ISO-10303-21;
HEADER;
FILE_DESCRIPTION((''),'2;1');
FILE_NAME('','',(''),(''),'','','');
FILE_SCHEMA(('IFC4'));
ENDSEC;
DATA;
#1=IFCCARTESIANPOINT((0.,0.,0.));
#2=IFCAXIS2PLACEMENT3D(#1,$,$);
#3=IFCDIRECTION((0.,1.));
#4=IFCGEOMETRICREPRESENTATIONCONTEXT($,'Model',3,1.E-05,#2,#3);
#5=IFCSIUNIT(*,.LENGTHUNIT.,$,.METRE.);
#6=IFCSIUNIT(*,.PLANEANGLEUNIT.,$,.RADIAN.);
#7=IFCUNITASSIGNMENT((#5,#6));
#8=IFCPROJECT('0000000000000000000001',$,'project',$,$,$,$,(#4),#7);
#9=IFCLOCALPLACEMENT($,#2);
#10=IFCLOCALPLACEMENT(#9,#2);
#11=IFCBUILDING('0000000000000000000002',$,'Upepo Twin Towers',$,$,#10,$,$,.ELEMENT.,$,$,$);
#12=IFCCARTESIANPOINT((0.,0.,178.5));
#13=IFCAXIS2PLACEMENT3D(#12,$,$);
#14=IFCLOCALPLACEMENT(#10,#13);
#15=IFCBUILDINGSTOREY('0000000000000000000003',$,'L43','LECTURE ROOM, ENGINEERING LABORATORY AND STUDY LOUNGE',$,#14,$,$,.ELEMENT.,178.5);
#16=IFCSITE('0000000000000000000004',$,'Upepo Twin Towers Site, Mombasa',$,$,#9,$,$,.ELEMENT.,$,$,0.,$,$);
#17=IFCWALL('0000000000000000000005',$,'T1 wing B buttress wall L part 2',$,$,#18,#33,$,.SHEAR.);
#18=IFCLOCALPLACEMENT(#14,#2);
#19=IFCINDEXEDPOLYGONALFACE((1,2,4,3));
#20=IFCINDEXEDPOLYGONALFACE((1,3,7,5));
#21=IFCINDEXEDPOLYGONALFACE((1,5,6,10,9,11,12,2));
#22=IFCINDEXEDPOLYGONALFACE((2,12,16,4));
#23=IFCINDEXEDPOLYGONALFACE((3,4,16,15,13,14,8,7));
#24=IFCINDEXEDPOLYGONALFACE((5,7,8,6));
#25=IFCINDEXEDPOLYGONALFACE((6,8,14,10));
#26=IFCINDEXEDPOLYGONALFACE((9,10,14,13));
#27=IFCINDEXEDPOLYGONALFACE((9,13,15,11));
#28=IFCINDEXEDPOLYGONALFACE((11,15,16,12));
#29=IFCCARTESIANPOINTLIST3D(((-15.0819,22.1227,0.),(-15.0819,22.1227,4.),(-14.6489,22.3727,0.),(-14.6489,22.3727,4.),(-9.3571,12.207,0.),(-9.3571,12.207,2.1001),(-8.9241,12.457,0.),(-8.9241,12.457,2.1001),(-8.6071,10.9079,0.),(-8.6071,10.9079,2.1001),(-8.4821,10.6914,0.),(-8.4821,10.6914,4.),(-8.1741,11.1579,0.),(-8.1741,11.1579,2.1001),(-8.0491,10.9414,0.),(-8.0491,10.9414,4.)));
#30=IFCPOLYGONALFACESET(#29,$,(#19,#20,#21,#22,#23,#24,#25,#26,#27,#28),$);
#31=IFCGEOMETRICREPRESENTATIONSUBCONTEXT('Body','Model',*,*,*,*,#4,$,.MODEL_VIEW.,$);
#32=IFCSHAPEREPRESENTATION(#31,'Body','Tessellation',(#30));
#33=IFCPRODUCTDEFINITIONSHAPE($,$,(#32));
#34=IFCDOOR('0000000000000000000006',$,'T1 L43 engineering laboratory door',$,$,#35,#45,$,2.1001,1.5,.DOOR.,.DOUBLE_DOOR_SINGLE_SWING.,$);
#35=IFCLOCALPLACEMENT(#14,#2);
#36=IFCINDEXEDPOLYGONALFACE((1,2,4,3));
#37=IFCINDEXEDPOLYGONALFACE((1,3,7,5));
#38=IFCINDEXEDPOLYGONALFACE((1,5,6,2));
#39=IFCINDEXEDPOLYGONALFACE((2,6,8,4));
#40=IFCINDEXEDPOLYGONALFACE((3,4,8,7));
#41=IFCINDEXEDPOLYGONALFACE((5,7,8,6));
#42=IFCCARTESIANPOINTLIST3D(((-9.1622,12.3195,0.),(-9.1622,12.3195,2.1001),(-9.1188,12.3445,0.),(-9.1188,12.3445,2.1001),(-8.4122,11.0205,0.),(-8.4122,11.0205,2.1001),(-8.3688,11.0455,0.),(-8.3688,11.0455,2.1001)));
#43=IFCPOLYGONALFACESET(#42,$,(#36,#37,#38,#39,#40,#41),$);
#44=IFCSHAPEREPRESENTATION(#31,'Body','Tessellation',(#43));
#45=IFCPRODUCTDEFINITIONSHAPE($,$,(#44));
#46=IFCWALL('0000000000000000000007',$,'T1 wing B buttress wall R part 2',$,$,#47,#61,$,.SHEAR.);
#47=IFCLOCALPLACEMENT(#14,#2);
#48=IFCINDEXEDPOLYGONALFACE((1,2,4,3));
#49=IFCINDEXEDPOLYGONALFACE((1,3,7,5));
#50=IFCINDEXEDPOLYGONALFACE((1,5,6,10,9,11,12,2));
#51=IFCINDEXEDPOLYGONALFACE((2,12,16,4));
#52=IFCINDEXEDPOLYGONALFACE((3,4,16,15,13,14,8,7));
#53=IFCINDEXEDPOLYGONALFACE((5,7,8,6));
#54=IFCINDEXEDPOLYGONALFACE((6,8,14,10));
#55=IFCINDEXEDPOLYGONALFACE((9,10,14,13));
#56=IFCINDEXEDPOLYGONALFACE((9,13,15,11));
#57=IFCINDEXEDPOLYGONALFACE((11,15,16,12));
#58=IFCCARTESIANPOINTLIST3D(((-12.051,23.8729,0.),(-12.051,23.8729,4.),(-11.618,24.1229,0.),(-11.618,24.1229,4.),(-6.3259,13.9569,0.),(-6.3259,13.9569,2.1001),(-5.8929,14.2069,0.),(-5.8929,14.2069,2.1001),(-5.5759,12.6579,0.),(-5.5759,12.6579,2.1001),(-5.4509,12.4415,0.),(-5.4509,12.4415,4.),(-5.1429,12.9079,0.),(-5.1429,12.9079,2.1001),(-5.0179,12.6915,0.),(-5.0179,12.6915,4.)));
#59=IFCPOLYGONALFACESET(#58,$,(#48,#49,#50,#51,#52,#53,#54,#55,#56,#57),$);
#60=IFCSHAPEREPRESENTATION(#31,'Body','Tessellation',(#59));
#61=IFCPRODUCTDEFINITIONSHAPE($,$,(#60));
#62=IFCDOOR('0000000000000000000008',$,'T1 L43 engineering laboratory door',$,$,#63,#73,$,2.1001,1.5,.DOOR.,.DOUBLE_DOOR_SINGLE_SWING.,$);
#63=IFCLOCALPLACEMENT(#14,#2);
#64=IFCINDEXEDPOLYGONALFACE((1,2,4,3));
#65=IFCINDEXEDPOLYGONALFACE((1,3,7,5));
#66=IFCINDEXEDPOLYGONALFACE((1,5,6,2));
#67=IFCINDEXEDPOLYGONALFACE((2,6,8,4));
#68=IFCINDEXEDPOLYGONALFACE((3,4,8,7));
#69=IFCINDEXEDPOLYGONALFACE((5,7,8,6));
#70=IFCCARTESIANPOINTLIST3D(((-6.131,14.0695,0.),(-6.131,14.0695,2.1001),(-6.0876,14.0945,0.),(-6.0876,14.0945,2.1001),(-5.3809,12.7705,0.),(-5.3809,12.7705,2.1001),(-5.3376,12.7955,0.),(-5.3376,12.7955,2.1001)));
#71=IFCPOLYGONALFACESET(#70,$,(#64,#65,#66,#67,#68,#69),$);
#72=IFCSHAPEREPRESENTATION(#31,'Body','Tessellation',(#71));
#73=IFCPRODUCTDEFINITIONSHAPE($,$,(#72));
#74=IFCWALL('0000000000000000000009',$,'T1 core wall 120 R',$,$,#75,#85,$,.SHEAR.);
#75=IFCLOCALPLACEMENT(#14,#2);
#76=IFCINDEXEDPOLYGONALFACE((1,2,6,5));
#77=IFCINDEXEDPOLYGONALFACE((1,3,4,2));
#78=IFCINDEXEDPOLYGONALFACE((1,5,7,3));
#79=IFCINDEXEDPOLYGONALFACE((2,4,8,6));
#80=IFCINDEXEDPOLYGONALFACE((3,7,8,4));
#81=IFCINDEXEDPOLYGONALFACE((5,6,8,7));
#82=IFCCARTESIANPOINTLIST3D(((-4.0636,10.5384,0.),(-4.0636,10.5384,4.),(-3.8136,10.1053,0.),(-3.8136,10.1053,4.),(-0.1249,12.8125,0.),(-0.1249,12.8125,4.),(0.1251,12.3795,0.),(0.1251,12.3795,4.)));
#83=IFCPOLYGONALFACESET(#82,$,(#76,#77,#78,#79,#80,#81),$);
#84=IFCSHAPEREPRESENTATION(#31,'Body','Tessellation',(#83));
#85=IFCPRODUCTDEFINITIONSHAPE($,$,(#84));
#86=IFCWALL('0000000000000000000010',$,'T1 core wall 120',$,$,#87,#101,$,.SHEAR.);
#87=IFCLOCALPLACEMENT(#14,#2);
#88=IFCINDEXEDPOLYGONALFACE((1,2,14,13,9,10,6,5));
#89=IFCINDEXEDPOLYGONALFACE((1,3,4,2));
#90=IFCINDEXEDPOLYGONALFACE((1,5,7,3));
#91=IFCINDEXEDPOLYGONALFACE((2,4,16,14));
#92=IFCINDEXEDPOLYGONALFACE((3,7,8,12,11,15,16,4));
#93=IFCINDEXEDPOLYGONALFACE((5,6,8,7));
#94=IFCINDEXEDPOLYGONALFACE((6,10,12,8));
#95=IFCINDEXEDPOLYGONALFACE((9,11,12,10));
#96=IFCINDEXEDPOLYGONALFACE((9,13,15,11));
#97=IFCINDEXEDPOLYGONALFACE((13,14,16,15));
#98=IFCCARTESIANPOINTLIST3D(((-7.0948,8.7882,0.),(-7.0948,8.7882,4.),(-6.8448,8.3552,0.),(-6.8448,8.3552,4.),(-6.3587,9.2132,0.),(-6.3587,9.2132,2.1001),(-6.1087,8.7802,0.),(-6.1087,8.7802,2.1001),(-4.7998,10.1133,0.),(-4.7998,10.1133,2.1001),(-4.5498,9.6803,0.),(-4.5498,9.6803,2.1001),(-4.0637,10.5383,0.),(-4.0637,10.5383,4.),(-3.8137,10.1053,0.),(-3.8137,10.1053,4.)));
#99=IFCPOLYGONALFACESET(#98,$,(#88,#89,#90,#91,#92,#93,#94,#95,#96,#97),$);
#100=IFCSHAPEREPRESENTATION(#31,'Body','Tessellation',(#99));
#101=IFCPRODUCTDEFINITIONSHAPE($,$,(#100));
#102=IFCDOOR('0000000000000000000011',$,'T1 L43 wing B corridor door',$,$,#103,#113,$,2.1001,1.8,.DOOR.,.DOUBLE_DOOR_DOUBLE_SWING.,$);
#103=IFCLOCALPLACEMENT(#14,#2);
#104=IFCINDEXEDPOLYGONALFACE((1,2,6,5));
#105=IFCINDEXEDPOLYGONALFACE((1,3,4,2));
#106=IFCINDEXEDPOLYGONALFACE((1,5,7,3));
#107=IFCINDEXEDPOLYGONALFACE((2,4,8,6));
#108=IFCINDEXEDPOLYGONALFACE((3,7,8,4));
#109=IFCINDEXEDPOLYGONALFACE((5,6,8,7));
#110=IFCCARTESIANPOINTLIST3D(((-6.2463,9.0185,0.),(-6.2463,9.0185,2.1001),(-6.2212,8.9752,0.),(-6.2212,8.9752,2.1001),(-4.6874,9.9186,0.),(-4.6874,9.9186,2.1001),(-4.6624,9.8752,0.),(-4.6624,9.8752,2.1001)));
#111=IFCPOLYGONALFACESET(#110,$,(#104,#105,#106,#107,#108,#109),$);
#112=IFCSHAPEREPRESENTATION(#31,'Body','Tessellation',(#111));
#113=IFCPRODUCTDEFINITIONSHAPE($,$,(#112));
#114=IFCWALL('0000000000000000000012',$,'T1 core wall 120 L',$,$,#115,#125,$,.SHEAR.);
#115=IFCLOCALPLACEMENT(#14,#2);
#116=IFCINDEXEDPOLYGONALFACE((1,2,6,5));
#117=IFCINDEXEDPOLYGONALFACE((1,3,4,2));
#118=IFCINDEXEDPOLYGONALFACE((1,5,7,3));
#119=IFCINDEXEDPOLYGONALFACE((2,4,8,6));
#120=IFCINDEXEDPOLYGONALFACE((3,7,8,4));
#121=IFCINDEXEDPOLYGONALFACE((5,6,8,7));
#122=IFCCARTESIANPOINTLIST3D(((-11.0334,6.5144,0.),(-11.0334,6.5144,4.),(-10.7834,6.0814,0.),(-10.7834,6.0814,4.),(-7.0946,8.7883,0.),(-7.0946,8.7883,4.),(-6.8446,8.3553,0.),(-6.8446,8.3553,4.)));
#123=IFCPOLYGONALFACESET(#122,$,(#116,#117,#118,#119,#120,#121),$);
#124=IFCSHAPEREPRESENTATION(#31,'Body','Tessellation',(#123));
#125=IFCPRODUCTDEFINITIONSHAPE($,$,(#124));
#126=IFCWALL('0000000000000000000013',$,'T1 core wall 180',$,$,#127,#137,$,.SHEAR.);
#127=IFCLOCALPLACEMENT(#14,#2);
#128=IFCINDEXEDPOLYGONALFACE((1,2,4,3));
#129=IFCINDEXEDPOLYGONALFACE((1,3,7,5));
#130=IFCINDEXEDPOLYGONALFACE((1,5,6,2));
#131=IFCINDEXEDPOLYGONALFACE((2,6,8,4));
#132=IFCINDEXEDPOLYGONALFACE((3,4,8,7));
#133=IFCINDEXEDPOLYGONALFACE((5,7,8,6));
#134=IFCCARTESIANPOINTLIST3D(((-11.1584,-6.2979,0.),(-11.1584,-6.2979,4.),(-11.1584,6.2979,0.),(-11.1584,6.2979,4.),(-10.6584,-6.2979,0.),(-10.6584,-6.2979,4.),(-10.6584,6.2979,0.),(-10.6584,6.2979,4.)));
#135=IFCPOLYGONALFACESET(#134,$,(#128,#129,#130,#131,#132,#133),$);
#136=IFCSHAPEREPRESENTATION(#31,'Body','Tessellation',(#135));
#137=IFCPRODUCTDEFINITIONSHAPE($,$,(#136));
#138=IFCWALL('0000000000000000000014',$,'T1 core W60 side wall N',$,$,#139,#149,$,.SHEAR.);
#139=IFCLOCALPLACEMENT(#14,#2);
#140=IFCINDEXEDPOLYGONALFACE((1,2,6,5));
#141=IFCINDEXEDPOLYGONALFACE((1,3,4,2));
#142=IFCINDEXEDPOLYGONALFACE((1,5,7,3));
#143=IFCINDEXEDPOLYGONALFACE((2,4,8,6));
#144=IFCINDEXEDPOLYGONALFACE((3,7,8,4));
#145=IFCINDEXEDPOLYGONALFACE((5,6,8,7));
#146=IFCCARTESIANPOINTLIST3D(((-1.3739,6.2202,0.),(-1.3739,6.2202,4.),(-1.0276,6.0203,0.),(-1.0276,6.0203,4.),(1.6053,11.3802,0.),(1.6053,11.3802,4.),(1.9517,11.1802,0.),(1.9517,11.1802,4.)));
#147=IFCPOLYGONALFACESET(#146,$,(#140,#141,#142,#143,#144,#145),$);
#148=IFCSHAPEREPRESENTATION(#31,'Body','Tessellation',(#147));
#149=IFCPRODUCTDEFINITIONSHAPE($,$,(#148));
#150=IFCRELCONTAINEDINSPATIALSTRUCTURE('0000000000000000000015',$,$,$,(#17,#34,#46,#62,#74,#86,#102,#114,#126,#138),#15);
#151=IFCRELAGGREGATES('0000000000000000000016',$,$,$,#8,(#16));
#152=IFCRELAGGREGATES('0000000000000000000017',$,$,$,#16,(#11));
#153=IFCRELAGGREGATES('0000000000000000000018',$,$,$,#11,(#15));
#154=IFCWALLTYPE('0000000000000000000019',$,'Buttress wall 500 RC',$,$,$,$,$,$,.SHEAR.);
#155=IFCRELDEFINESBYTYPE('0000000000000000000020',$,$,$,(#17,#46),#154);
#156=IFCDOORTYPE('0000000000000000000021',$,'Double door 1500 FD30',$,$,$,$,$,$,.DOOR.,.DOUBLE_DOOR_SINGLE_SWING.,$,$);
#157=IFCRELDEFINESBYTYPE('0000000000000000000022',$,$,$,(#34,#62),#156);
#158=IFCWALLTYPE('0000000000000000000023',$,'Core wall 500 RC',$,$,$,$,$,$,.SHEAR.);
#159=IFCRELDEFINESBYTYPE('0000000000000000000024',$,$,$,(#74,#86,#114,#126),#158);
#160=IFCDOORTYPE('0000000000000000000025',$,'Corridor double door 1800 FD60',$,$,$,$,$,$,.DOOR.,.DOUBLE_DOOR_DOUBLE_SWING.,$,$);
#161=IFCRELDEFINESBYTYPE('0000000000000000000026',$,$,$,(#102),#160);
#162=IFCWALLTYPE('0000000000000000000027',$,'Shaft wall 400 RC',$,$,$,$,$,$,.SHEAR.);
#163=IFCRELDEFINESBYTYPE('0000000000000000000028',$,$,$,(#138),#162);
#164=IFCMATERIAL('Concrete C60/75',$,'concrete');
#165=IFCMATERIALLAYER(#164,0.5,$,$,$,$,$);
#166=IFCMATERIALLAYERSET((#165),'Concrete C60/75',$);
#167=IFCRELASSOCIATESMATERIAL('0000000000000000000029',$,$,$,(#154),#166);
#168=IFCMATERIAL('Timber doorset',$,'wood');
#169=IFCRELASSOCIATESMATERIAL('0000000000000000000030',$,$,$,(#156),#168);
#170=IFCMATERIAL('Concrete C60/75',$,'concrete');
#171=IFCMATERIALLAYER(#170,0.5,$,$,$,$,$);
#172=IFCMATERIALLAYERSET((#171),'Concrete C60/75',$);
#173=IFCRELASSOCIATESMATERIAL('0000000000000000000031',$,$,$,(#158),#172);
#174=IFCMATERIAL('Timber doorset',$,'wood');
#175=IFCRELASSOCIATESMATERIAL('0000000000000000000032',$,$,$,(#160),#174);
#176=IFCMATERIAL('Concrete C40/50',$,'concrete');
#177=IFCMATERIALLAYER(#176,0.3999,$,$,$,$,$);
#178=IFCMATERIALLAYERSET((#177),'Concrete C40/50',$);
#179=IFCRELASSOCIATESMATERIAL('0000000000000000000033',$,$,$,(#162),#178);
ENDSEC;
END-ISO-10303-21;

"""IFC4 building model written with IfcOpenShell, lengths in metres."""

from ifc_helpers import new_model, si_unit, direction, frame, frame_2d, origin, place, context, subcontext, project, spatial, rectangle, extrude, material, layer, layer_set, type_object, element, fill, save


model = new_model("IFC4")

# Units and contexts
model_context = context("Model", 3, precision=1e-05, world=origin(), true_north=direction((0.0, 1.0)))
body_context = subcontext(model_context, "Body", "Model", "MODEL_VIEW")
ifc_project = project(units=[si_unit("LENGTHUNIT", "METRE"), si_unit("PLANEANGLEUNIT", "RADIAN")], contexts=[model_context])

# Site, building, storey
site_placement = place(None, origin())
site = spatial("IfcSite", under=ifc_project, at=site_placement, Name="Upepo Twin Towers Site, Mombasa", CompositionType="ELEMENT", RefElevation=0.0)
building_placement = place(site_placement, origin())
building = spatial("IfcBuilding", under=site, at=building_placement, Name="Upepo Twin Towers", CompositionType="ELEMENT")
storey_placement = place(building_placement, frame((0.0, 0.0, 178.5)))
storey = spatial("IfcBuildingStorey", under=building, at=storey_placement, Name="L43", Description="LECTURE ROOM, ENGINEERING LABORATORY AND STUDY LOUNGE", CompositionType="ELEMENT", Elevation=178.5)

# Walls, openings, doors
ifc_material_1 = material(Name="Concrete C60/75", Category="concrete")
ifc_layer_1 = layer(ifc_material_1, 0.5)
ifc_layer_set_1 = layer_set([ifc_layer_1], Name="Concrete C60/75")
wall_type_1 = type_object("IfcWallType", Name="Buttress wall 500 RC", PredefinedType="SHEAR", material=ifc_layer_set_1)
wall_1_placement = place(storey_placement, frame((-8.2656, 10.8164, 0.0), z_axis=(0.0, 0.0, 1.0), x_axis=(-0.499996, 0.866028, 0.0)))
wall_1 = element("IfcWall", 1, at=wall_1_placement, inside=storey, type_object=wall_type_1, Name="T1 wing B buttress wall L part 2", PredefinedType="SHEAR", context=body_context, shape_type="SweptSolid", body=[
    extrude(rectangle(XDim=13.1997, YDim=0.5, at=frame_2d((6.5999, 0.0))), origin(), (0.0, 0.0, 1.0), 4.0),
])
opening_1_placement = place(wall_1_placement, frame((0.25, 0.0, 0.0)))
opening_1 = element("IfcOpeningElement", 2, at=opening_1_placement, cuts=wall_1, PredefinedType="OPENING", context=body_context, shape_type="SweptSolid", body=[
    extrude(rectangle(XDim=1.5, YDim=2.1001, at=frame_2d((0.75, 1.05))), frame((0.0, 0.26, 0.0), z_axis=(0.0, -1.0, 0.0), x_axis=(1.0, 0.0, 0.0)), (0.0, 0.0, 1.0), 0.52),
])
ifc_material_2 = material(Name="Timber doorset", Category="wood")
door_type_1 = type_object("IfcDoorType", Name="Double door 1500 FD30", OperationType="DOUBLE_DOOR_SINGLE_SWING", PredefinedType="DOOR", material=ifc_material_2)
door_1_placement = place(opening_1_placement, origin())
door_1 = element("IfcDoor", 3, at=door_1_placement, inside=storey, type_object=door_type_1, Name="T1 L43 engineering laboratory door", OperationType="DOUBLE_DOOR_SINGLE_SWING", OverallHeight=2.1001, OverallWidth=1.5, PredefinedType="DOOR", context=body_context, shape_type="SweptSolid", body=[
    extrude(rectangle(XDim=1.5, YDim=2.1001, at=frame_2d((0.75, 1.05))), frame((0.0, 0.0249, 0.0), z_axis=(0.0, -1.0, 0.0), x_axis=(1.0, 0.0, 0.0)), (0.0, 0.0, 1.0), 0.05),
])
fill(opening_1, door_1)
wall_2_placement = place(storey_placement, frame((-5.2344, 12.5664, 0.0), z_axis=(0.0, 0.0, 1.0), x_axis=(-0.50001, 0.86602, 0.0)))
wall_2 = element("IfcWall", 4, at=wall_2_placement, inside=storey, type_object=wall_type_1, Name="T1 wing B buttress wall R part 2", PredefinedType="SHEAR", context=body_context, shape_type="SweptSolid", body=[
    extrude(rectangle(XDim=13.2, YDim=0.5, at=frame_2d((6.6001, 0.0))), origin(), (0.0, 0.0, 1.0), 4.0),
])
opening_2_placement = place(wall_2_placement, frame((0.25, 0.0, 0.0)))
opening_2 = element("IfcOpeningElement", 5, at=opening_2_placement, cuts=wall_2, PredefinedType="OPENING", context=body_context, shape_type="SweptSolid", body=[
    extrude(rectangle(XDim=1.5, YDim=2.1001, at=frame_2d((0.75, 1.05))), frame((0.0, 0.26, 0.0), z_axis=(0.0, -1.0, 0.0), x_axis=(1.0, 0.0, 0.0)), (0.0, 0.0, 1.0), 0.52),
])
door_2_placement = place(opening_2_placement, origin())
door_2 = element("IfcDoor", 6, at=door_2_placement, inside=storey, type_object=door_type_1, Name="T1 L43 engineering laboratory door", OperationType="DOUBLE_DOOR_SINGLE_SWING", OverallHeight=2.1001, OverallWidth=1.5, PredefinedType="DOOR", context=body_context, shape_type="SweptSolid", body=[
    extrude(rectangle(XDim=1.5, YDim=2.1001, at=frame_2d((0.75, 1.05))), frame((0.0, 0.0249, 0.0), z_axis=(0.0, -1.0, 0.0), x_axis=(1.0, 0.0, 0.0)), (0.0, 0.0, 1.0), 0.05),
])
fill(opening_2, door_2)

# Wall
ifc_material_3 = material(Name="Concrete C60/75", Category="concrete")
ifc_layer_2 = layer(ifc_material_3, 0.5)
ifc_layer_set_2 = layer_set([ifc_layer_2], Name="Concrete C60/75")
wall_type_2 = type_object("IfcWallType", Name="Core wall 500 RC", PredefinedType="SHEAR", material=ifc_layer_set_2)
wall_3_placement = place(storey_placement, frame((0.0, 12.5959, 0.0), z_axis=(0.0, 0.0, 1.0), x_axis=(-0.866011, -0.500024, 0.0)))
element("IfcWall", 7, at=wall_3_placement, inside=storey, type_object=wall_type_2, Name="T1 core wall 120 R", PredefinedType="SHEAR", context=body_context, shape_type="SweptSolid", body=[
    extrude(rectangle(XDim=4.5481, YDim=0.5, at=frame_2d((2.2739, 0.0))), origin(), (0.0, 0.0, 1.0), 4.0),
])

# Wall, opening, door
wall_4_placement = place(storey_placement, frame((-3.9387, 10.3218, 0.0), z_axis=(0.0, 0.0, 1.0), x_axis=(-0.866019, -0.50001, 0.0)))
wall_4 = element("IfcWall", 8, at=wall_4_placement, inside=storey, type_object=wall_type_2, Name="T1 core wall 120", PredefinedType="SHEAR", context=body_context, shape_type="SweptSolid", body=[
    extrude(rectangle(XDim=3.5, YDim=0.5, at=frame_2d((1.75, 0.0))), origin(), (0.0, 0.0, 1.0), 4.0),
])
opening_3_placement = place(wall_4_placement, frame((0.8501, 0.0, 0.0)))
opening_3 = element("IfcOpeningElement", 9, at=opening_3_placement, cuts=wall_4, PredefinedType="OPENING", context=body_context, shape_type="SweptSolid", body=[
    extrude(rectangle(XDim=1.8, YDim=2.1001, at=frame_2d((0.8999, 1.05))), frame((0.0, 0.26, 0.0), z_axis=(0.0, -1.0, 0.0), x_axis=(1.0, 0.0, 0.0)), (0.0, 0.0, 1.0), 0.52),
])
ifc_material_4 = material(Name="Timber doorset", Category="wood")
door_type_2 = type_object("IfcDoorType", Name="Corridor double door 1800 FD60", OperationType="DOUBLE_DOOR_DOUBLE_SWING", PredefinedType="DOOR", material=ifc_material_4)
door_3_placement = place(opening_3_placement, origin())
door_3 = element("IfcDoor", 10, at=door_3_placement, inside=storey, type_object=door_type_2, Name="T1 L43 wing B corridor door", OperationType="DOUBLE_DOOR_DOUBLE_SWING", OverallHeight=2.1001, OverallWidth=1.8, PredefinedType="DOOR", context=body_context, shape_type="SweptSolid", body=[
    extrude(rectangle(XDim=1.8, YDim=2.1001, at=frame_2d((0.8999, 1.05))), frame((0.0, 0.0249, 0.0), z_axis=(0.0, -1.0, 0.0), x_axis=(1.0, 0.0, 0.0)), (0.0, 0.0, 1.0), 0.05),
])
fill(opening_3, door_3)

# Walls
wall_5_placement = place(storey_placement, frame((-6.9697, 8.5718, 0.0), z_axis=(0.0, 0.0, 1.0), x_axis=(-0.866035, -0.499984, 0.0)))
element("IfcWall", 11, at=wall_5_placement, inside=storey, type_object=wall_type_2, Name="T1 core wall 120 L", PredefinedType="SHEAR", context=body_context, shape_type="SweptSolid", body=[
    extrude(rectangle(XDim=4.5481, YDim=0.5, at=frame_2d((2.2739, 0.0))), origin(), (0.0, 0.0, 1.0), 4.0),
])
wall_6_placement = place(storey_placement, frame((-10.9084, 6.2979, 0.0), z_axis=(0.0, 0.0, 1.0), x_axis=(0.0, -1.0, 0.0)))
element("IfcWall", 12, at=wall_6_placement, inside=storey, type_object=wall_type_2, Name="T1 core wall 180", PredefinedType="SHEAR", context=body_context, shape_type="SweptSolid", body=[
    extrude(rectangle(XDim=12.5957, YDim=0.5, at=frame_2d((6.2979, 0.0))), origin(), (0.0, 0.0, 1.0), 4.0),
])
ifc_material_5 = material(Name="Concrete C40/50", Category="concrete")
ifc_layer_3 = layer(ifc_material_5, 0.3999)
ifc_layer_set_3 = layer_set([ifc_layer_3], Name="Concrete C40/50")
wall_type_3 = type_object("IfcWallType", Name="Shaft wall 400 RC", PredefinedType="SHEAR", material=ifc_layer_set_3)
wall_7_placement = place(storey_placement, frame((-1.2007, 6.1204, 0.0), z_axis=(0.0, 0.0, 1.0), x_axis=(0.500022, 0.866013, 0.0)))
element("IfcWall", 13, at=wall_7_placement, inside=storey, type_object=wall_type_3, Name="T1 core W60 side wall N", PredefinedType="SHEAR", context=body_context, shape_type="SweptSolid", body=[
    extrude(rectangle(XDim=5.9583, YDim=0.3999, at=frame_2d((2.979, 0.0))), origin(), (0.0, 0.0, 1.0), 4.0),
])

save(model, "model.ifc")
